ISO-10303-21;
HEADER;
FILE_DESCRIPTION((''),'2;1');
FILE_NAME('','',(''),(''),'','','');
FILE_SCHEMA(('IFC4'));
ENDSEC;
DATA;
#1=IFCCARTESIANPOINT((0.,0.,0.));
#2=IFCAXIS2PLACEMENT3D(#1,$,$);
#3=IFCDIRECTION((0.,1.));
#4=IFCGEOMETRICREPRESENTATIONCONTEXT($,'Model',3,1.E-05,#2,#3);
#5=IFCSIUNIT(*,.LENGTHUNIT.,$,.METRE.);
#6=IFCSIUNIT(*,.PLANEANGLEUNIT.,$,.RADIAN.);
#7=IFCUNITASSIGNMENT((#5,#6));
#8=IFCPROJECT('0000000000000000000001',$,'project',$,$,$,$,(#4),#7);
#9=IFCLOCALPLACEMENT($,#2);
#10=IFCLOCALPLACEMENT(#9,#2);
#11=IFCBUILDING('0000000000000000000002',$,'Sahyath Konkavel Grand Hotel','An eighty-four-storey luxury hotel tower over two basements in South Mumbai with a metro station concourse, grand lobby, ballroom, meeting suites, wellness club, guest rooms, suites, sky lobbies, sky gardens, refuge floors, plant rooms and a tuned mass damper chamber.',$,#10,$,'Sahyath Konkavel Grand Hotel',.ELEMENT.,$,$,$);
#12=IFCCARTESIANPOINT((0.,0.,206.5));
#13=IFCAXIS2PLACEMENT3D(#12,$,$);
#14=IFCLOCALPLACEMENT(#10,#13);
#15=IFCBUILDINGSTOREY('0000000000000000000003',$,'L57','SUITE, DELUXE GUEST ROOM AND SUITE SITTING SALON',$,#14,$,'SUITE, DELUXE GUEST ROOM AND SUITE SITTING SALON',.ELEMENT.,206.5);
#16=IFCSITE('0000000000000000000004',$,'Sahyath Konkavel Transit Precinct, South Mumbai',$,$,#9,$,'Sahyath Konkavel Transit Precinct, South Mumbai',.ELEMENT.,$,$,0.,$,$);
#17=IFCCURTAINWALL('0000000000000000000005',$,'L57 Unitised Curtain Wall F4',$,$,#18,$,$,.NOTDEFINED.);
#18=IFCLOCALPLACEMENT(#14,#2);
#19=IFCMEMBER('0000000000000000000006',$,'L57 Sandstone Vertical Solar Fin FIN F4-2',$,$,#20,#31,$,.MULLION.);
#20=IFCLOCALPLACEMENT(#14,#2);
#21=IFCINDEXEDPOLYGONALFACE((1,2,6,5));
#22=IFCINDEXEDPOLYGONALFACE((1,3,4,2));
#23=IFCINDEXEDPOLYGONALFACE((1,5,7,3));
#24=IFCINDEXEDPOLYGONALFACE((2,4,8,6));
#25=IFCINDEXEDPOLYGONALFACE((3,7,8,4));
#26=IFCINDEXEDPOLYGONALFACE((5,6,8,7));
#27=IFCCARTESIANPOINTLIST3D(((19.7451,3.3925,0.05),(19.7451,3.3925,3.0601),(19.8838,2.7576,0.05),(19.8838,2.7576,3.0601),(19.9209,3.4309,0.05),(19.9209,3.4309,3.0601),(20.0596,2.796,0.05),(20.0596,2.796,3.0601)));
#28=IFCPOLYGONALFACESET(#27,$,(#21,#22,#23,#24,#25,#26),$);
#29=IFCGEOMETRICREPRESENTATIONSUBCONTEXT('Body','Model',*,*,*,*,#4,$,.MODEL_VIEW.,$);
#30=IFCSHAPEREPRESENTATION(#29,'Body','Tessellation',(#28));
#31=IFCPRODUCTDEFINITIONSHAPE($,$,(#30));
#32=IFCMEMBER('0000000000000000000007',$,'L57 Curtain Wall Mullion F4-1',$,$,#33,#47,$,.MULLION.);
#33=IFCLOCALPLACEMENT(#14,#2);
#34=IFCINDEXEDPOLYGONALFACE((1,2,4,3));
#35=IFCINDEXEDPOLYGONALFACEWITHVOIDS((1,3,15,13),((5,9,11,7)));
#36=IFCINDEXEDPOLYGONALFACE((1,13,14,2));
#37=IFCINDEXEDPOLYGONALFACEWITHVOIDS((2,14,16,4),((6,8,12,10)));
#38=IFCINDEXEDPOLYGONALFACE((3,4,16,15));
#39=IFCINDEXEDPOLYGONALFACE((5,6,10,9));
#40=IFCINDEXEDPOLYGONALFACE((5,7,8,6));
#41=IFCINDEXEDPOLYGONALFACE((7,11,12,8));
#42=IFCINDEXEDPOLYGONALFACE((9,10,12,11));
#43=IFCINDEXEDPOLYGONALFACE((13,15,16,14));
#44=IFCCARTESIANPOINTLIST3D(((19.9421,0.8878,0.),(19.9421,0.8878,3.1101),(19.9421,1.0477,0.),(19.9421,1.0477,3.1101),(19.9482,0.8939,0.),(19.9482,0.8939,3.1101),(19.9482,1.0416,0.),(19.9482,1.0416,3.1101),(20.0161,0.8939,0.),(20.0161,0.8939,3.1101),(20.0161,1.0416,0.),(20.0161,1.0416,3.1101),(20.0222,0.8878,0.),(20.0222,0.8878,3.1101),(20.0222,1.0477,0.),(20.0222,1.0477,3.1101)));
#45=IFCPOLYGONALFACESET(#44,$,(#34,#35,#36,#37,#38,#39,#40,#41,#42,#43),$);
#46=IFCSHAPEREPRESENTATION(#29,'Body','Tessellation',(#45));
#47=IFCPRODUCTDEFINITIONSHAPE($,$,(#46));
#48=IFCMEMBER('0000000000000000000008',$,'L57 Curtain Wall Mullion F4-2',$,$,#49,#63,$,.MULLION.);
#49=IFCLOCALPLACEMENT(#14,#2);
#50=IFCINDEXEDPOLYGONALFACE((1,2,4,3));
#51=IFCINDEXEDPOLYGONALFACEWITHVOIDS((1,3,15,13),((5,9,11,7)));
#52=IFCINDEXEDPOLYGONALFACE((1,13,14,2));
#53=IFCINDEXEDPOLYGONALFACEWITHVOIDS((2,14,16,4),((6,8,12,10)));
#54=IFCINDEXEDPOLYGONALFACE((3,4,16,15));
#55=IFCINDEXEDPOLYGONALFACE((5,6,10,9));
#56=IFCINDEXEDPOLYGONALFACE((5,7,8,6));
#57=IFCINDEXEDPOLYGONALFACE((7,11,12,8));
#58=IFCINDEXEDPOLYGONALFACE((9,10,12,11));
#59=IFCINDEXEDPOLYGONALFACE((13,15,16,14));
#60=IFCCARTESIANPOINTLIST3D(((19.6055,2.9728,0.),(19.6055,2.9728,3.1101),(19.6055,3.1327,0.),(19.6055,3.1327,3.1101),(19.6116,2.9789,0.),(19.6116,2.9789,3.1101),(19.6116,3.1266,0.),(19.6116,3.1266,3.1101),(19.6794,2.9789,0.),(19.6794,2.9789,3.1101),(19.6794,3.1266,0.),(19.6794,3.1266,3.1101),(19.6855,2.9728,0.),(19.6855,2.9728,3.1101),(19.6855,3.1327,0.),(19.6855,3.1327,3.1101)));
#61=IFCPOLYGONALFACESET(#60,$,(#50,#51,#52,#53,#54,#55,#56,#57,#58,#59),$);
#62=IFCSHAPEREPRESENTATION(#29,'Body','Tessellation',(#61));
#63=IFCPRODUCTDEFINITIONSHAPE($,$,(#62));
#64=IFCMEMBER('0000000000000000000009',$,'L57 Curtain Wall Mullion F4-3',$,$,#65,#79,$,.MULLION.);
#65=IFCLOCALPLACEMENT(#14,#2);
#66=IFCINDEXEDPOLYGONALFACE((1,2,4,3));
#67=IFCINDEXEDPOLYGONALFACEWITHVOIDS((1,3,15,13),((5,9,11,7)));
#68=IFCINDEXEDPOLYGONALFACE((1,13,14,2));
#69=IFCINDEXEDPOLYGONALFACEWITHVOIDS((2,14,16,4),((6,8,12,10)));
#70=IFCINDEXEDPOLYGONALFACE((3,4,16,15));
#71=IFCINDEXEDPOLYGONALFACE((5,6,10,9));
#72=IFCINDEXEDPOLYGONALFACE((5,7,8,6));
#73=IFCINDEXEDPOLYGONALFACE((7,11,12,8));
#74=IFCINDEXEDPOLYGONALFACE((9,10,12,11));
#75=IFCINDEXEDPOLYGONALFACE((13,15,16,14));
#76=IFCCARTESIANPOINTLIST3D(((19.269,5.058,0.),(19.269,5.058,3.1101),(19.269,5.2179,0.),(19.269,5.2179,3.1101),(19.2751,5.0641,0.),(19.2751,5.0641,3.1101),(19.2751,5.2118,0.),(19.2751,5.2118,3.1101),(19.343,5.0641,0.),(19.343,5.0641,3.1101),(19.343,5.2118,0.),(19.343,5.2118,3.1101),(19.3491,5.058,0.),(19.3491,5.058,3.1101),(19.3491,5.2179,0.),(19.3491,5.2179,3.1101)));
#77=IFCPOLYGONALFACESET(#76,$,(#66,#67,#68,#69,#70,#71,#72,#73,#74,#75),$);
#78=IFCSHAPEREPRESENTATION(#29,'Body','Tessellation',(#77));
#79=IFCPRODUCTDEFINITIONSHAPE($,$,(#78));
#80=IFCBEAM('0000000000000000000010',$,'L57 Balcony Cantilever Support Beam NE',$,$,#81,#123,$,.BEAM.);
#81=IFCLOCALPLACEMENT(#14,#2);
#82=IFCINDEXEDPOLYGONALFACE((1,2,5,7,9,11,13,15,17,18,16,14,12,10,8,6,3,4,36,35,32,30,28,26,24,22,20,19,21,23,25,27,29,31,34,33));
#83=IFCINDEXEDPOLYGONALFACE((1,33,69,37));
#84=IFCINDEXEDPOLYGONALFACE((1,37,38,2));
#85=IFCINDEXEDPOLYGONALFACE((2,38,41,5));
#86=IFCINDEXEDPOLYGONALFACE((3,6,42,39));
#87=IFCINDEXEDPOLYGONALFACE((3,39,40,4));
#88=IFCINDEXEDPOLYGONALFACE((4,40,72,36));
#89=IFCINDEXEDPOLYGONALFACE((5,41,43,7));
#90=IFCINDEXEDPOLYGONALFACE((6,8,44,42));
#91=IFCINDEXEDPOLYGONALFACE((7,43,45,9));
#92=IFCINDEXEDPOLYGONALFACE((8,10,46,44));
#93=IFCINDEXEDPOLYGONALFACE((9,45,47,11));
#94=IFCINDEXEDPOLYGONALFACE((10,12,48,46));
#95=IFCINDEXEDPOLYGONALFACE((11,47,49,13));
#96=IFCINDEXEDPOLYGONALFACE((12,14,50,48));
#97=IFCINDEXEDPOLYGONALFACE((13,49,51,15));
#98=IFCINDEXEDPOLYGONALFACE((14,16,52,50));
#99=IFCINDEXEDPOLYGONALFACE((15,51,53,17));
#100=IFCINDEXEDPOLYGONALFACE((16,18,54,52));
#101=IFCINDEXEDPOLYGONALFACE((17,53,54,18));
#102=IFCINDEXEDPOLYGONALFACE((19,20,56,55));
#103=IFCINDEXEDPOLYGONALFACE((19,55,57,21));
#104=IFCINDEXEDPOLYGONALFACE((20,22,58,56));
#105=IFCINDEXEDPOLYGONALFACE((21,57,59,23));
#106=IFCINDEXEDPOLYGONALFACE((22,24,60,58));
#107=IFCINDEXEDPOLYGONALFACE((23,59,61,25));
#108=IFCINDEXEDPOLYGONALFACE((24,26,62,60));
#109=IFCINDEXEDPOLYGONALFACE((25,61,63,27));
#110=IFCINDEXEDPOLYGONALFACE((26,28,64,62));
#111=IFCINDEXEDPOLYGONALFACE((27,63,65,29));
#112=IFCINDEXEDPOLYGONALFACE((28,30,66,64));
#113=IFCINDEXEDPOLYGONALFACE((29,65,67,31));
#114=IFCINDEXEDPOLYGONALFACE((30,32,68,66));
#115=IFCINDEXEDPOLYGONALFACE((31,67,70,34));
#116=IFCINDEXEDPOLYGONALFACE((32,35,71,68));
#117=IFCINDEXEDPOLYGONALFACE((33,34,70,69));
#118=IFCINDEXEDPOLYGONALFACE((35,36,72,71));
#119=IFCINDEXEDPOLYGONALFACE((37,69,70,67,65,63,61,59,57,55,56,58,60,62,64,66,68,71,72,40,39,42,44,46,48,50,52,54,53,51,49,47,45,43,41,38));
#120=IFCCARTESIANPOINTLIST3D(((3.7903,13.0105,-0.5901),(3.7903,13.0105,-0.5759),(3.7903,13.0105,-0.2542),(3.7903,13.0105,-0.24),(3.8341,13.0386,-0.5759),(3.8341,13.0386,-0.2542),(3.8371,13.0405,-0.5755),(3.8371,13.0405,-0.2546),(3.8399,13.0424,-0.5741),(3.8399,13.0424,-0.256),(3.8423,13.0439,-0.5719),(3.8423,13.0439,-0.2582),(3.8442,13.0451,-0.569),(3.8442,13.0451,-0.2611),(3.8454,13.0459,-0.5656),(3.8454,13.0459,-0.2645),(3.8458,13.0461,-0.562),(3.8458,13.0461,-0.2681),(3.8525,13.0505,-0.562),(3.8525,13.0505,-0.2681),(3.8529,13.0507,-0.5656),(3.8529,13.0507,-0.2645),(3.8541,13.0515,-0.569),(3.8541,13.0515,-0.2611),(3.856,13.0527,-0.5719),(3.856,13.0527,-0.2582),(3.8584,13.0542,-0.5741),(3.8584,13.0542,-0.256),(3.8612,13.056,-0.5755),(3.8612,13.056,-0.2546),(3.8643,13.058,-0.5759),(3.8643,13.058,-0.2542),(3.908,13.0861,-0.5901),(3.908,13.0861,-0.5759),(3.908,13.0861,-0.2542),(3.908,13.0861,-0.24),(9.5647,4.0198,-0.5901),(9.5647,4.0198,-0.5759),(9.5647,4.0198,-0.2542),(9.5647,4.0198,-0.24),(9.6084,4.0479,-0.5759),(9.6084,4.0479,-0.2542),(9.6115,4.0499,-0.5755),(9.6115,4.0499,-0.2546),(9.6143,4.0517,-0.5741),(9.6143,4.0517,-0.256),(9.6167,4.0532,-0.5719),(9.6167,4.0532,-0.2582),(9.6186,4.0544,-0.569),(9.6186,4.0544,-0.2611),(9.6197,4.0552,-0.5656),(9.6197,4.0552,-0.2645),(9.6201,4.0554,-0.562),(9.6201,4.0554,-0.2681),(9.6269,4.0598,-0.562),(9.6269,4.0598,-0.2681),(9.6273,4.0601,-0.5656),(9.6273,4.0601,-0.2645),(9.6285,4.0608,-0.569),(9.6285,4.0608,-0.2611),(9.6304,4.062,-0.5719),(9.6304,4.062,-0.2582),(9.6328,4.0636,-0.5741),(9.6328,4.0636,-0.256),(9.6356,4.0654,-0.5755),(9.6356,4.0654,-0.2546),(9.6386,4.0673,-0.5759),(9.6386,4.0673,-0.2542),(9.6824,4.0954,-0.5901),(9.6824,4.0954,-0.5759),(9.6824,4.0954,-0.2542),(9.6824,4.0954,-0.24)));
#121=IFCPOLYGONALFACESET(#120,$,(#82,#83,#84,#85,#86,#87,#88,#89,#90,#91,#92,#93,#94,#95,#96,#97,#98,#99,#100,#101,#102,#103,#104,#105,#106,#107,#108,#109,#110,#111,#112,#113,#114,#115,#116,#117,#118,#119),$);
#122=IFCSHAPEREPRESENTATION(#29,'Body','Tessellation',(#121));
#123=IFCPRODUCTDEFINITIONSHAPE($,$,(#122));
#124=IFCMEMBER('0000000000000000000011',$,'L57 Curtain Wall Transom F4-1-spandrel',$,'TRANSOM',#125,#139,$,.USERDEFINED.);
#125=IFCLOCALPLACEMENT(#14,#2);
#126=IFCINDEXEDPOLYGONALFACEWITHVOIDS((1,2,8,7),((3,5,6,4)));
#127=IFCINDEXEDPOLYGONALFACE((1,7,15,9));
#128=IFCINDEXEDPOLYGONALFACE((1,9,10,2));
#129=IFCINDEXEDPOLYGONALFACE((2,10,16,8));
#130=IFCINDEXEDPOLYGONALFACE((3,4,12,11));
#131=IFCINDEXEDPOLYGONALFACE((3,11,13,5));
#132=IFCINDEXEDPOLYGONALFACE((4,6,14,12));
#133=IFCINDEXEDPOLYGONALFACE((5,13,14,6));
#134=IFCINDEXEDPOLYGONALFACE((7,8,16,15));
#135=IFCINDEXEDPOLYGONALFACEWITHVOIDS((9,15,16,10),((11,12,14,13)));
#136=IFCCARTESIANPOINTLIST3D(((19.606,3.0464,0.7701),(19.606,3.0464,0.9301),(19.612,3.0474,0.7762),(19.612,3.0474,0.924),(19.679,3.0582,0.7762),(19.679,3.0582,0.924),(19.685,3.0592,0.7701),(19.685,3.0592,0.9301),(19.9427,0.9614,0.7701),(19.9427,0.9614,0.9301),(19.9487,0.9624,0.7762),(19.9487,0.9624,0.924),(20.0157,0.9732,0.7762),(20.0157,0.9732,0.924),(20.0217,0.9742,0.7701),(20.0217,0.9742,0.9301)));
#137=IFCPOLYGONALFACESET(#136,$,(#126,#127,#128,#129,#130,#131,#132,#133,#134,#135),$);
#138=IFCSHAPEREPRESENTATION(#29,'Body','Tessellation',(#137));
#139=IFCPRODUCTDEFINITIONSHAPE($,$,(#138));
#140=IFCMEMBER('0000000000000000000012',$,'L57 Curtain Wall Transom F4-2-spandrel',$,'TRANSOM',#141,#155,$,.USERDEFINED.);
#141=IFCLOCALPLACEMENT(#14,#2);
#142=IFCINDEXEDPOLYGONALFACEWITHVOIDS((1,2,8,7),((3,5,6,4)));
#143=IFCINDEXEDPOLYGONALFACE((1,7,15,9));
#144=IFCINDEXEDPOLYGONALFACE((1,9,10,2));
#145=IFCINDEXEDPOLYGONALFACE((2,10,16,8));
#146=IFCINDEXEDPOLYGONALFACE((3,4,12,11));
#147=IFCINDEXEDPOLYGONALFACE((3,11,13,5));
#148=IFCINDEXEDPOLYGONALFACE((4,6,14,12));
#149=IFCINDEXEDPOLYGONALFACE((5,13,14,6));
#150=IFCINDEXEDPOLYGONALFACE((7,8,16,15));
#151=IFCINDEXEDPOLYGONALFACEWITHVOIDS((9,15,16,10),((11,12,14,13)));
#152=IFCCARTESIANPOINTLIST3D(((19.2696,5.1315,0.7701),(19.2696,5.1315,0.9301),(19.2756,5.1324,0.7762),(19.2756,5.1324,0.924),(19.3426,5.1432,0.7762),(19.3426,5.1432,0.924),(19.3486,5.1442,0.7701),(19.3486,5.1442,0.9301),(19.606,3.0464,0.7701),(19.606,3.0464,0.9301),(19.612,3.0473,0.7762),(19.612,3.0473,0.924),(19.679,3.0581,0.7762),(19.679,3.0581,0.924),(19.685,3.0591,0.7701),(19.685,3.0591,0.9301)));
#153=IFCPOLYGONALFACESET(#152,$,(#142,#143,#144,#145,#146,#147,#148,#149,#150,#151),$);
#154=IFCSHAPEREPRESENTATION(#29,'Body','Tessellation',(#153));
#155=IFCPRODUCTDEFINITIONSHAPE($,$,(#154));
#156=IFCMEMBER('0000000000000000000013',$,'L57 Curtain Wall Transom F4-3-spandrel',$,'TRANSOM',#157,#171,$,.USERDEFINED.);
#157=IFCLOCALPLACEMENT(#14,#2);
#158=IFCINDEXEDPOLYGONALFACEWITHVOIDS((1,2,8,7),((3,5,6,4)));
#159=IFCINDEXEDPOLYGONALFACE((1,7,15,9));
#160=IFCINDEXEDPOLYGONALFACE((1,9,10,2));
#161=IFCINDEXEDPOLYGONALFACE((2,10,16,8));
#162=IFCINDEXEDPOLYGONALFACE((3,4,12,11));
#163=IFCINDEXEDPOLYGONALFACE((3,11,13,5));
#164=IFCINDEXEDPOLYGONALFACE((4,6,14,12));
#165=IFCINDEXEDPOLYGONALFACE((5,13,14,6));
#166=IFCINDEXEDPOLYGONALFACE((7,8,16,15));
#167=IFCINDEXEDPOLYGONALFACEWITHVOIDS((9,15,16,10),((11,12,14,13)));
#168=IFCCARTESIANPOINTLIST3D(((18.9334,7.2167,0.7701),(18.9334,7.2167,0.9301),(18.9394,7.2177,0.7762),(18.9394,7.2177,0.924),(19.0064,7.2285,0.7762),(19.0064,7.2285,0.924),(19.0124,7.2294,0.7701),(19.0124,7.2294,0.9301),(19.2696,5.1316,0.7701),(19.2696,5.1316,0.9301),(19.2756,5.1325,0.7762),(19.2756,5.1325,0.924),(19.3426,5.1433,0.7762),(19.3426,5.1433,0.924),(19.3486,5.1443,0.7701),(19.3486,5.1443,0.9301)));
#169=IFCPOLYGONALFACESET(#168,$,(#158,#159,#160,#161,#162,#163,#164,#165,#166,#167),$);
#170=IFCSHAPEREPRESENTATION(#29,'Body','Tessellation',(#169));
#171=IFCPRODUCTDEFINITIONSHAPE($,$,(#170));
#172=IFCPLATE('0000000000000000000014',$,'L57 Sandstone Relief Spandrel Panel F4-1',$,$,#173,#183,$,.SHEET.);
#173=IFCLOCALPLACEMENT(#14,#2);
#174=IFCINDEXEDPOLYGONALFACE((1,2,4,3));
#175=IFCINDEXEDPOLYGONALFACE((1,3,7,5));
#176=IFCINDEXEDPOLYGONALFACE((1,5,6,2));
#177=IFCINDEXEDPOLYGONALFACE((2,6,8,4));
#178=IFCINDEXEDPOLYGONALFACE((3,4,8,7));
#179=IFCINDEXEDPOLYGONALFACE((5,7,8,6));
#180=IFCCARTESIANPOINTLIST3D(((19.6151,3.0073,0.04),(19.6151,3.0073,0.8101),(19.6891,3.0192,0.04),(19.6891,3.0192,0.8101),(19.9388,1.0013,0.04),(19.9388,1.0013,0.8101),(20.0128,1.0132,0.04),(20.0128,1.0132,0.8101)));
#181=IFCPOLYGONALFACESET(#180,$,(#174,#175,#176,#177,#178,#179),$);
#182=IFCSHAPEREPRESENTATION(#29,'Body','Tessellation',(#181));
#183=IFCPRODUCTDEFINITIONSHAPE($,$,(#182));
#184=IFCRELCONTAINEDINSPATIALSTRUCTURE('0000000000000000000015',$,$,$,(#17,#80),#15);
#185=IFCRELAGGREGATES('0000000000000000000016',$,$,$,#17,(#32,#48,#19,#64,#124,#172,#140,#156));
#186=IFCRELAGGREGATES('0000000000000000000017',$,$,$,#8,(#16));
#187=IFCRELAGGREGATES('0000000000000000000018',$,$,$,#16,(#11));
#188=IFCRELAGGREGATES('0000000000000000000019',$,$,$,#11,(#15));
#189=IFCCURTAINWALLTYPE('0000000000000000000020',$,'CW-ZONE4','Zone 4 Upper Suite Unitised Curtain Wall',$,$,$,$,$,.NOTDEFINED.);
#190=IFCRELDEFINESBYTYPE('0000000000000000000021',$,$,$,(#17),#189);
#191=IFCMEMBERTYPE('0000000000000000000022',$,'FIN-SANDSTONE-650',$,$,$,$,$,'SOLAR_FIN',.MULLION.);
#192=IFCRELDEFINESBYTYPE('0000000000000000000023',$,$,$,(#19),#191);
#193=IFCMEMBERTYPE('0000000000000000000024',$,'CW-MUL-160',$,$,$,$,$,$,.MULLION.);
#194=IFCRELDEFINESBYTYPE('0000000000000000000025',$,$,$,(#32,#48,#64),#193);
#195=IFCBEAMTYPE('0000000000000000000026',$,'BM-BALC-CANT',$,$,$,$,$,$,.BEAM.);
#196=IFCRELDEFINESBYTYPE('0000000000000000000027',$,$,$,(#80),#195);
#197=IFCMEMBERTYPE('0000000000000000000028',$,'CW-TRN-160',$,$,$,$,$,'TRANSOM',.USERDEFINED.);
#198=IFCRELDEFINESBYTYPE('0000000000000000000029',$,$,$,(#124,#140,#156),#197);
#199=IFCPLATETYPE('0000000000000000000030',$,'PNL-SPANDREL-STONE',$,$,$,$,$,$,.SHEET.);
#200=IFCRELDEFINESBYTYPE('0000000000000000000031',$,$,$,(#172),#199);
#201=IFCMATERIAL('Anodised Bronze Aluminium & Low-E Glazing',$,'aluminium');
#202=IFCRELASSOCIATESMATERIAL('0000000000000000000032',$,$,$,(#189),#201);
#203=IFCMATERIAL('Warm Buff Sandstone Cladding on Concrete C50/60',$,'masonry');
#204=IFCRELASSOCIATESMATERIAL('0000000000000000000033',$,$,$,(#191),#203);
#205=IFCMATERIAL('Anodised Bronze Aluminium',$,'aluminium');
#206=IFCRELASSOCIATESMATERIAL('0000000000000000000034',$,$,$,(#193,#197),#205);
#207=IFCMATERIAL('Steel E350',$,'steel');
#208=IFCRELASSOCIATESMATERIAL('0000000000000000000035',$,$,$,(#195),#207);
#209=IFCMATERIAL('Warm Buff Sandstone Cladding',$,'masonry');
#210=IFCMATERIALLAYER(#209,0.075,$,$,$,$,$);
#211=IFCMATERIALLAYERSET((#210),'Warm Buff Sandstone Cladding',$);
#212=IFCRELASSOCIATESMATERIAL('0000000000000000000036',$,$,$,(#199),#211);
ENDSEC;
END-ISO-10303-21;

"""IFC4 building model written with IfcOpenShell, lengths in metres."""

from ifc_helpers import new_model, si_unit, direction, frame, origin, origin_2d, place, context, subcontext, project, spatial, rectangle, hollow_rectangle, i_section, extrude, source, transform, mapped, material, layer, layer_set, material_profile, profile_set, type_object, element, aggregate, save


model = new_model("IFC4")

# Units and contexts
model_context = context("Model", 3, precision=1e-05, world=origin(), true_north=direction((0.0, 1.0)))
body_context = subcontext(model_context, "Body", "Model", "MODEL_VIEW")
ifc_project = project(units=[si_unit("LENGTHUNIT", "METRE"), si_unit("PLANEANGLEUNIT", "RADIAN")], contexts=[model_context])

# Site, building, storey
site_placement = place(None, origin())
site = spatial("IfcSite", under=ifc_project, at=site_placement, Name="Sahyath Konkavel Transit Precinct, South Mumbai", LongName="Sahyath Konkavel Transit Precinct, South Mumbai", CompositionType="ELEMENT", RefElevation=0.0)
building_placement = place(site_placement, origin())
building = spatial("IfcBuilding", under=site, at=building_placement, Name="Sahyath Konkavel Grand Hotel", Description="An eighty-four-storey luxury hotel tower over two basements in South Mumbai with a metro station concourse, grand lobby, ballroom, meeting suites, wellness club, guest rooms, suites, sky lobbies, sky gardens, refuge floors, plant rooms and a tuned mass damper chamber.", LongName="Sahyath Konkavel Grand Hotel", CompositionType="ELEMENT")
storey_placement = place(building_placement, frame((0.0, 0.0, 206.5)))
storey = spatial("IfcBuildingStorey", under=building, at=storey_placement, Name="L57", Description="SUITE, DELUXE GUEST ROOM AND SUITE SITTING SALON", LongName="SUITE, DELUXE GUEST ROOM AND SUITE SITTING SALON", CompositionType="ELEMENT", Elevation=206.5)

# Curtain wall, members
ifc_material_1 = material(Name="Anodised Bronze Aluminium & Low-E Glazing", Category="aluminium")
curtain_wall_type = type_object("IfcCurtainWallType", Name="CW-ZONE4", Description="Zone 4 Upper Suite Unitised Curtain Wall", PredefinedType="NOTDEFINED", material=ifc_material_1)
curtain_wall_placement = place(storey_placement, origin())
curtain_wall = element("IfcCurtainWall", 1, at=curtain_wall_placement, inside=storey, type_object=curtain_wall_type, Name="L57 Unitised Curtain Wall F4", PredefinedType="NOTDEFINED")
ifc_material_2 = material(Name="Warm Buff Sandstone Cladding on Concrete C50/60", Category="masonry")
ifc_material_profile_1 = material_profile(ifc_material_2, rectangle(XDim=0.1799, YDim=0.6499, at=origin_2d()), Name="FIN 180x650")
ifc_profile_set_1 = profile_set([ifc_material_profile_1], Name="Warm Buff Sandstone Cladding on Concrete C50/60")
member_type_1 = type_object("IfcMemberType", Name="FIN-SANDSTONE-650", ElementType="SOLAR_FIN", PredefinedType="MULLION", material=ifc_profile_set_1)
shared_shape_1 = source(origin(), body_context, "Body", "SweptSolid", [
    extrude(rectangle(XDim=0.1799, YDim=0.6499, at=origin_2d()), origin(), (0.0, 0.0, 1.0), 3.01),
])
member_1_placement = place(storey_placement, frame((19.9023, 3.0942, 0.05), z_axis=(0.0, 0.0, 1.0), x_axis=(0.976971, 0.213371, 0.0)))
member_1 = element("IfcMember", 2, at=member_1_placement, type_object=member_type_1, Name="L57 Sandstone Vertical Solar Fin FIN F4-2", PredefinedType="MULLION", context=body_context, shape_type="MappedRepresentation", body=[
    mapped(shared_shape_1, transform((0.0, 0.0, 0.0), scale=1.0)),
])
ifc_material_3 = material(Name="Anodised Bronze Aluminium", Category="aluminium")
ifc_material_profile_2 = material_profile(ifc_material_3, hollow_rectangle(XDim=0.0801, YDim=0.1599, WallThickness=0.0061, at=origin_2d()), Name="RHS 160x80x6")
ifc_profile_set_2 = profile_set([ifc_material_profile_2], Name="Anodised Bronze Aluminium")
member_type_2 = type_object("IfcMemberType", Name="CW-MUL-160", PredefinedType="MULLION", material=ifc_profile_set_2)
shared_shape_2 = source(origin(), body_context, "Body", "SweptSolid", [
    extrude(hollow_rectangle(XDim=0.0801, YDim=0.1599, WallThickness=0.0061, at=origin_2d()), origin(), (0.0, 0.0, 1.0), 3.1101),
])
member_2_placement = place(storey_placement, frame((19.9822, 0.9678, 0.0), z_axis=(0.0, 0.0, 1.0), x_axis=(1.0, 0.0, 0.0)))
member_2 = element("IfcMember", 3, at=member_2_placement, type_object=member_type_2, Name="L57 Curtain Wall Mullion F4-1", PredefinedType="MULLION", context=body_context, shape_type="MappedRepresentation", body=[
    mapped(shared_shape_2, transform((0.0, 0.0, 0.0), scale=1.0)),
])
member_3_placement = place(storey_placement, frame((19.6455, 3.0527, 0.0), z_axis=(0.0, 0.0, 1.0), x_axis=(1.0, 0.0, 0.0)))
member_3 = element("IfcMember", 4, at=member_3_placement, type_object=member_type_2, Name="L57 Curtain Wall Mullion F4-2", PredefinedType="MULLION", context=body_context, shape_type="MappedRepresentation", body=[
    mapped(shared_shape_2, transform((0.0, 0.0, 0.0), scale=1.0)),
])
member_4_placement = place(storey_placement, frame((19.3091, 5.1379, 0.0), z_axis=(0.0, 0.0, 1.0), x_axis=(1.0, 0.0, 0.0)))
member_4 = element("IfcMember", 5, at=member_4_placement, type_object=member_type_2, Name="L57 Curtain Wall Mullion F4-3", PredefinedType="MULLION", context=body_context, shape_type="MappedRepresentation", body=[
    mapped(shared_shape_2, transform((0.0, 0.0, 0.0), scale=1.0)),
])

# Beam
ifc_material_4 = material(Name="Steel E350", Category="steel")
ifc_material_profile_3 = material_profile(ifc_material_4, i_section(OverallWidth=0.1399, OverallDepth=0.3501, WebThickness=0.0081, FlangeThickness=0.0142, FilletRadius=0.0139, at=origin_2d()), Name="ISMB 350")
ifc_profile_set_3 = profile_set([ifc_material_profile_3], Name="Steel E350")
beam_type = type_object("IfcBeamType", Name="BM-BALC-CANT", PredefinedType="BEAM", material=ifc_profile_set_3)
shared_shape_3 = source(origin(), body_context, "Body", "SweptSolid", [
    extrude(i_section(OverallWidth=0.1399, OverallDepth=0.3501, WebThickness=0.0081, FlangeThickness=0.0142, FilletRadius=0.0139, at=origin_2d()), origin(), (0.0, 0.0, 1.0), 10.6853),
])
beam_placement = place(storey_placement, frame((9.6235, 4.0576, -0.415), z_axis=(-0.540404, 0.841406, 0.0), x_axis=(-0.841406, -0.540404, 0.0)))
element("IfcBeam", 6, at=beam_placement, inside=storey, type_object=beam_type, Name="L57 Balcony Cantilever Support Beam NE", PredefinedType="BEAM", context=body_context, shape_type="MappedRepresentation", body=[
    mapped(shared_shape_3, transform((0.0, 0.0, 0.0), scale=1.0)),
])

# Members
ifc_material_profile_4 = material_profile(ifc_material_3, hollow_rectangle(XDim=0.0801, YDim=0.1599, WallThickness=0.0061, at=origin_2d()), Name="RHS 160x80x6")
ifc_profile_set_4 = profile_set([ifc_material_profile_4], Name="Anodised Bronze Aluminium")
member_type_3 = type_object("IfcMemberType", Name="CW-TRN-160", ElementType="TRANSOM", PredefinedType="USERDEFINED", material=ifc_profile_set_4)
shared_shape_4 = source(origin(), body_context, "Body", "SweptSolid", [
    extrude(hollow_rectangle(XDim=0.0801, YDim=0.1599, WallThickness=0.0061, at=origin_2d()), origin(), (0.0, 0.0, 1.0), 2.1121),
])
member_5_placement = place(storey_placement, frame((19.9822, 0.9678, 0.8501), z_axis=(-0.159411, 0.987212, 0.0), x_axis=(-0.987212, -0.159411, 0.0)))
member_5 = element("IfcMember", 7, at=member_5_placement, type_object=member_type_3, Name="L57 Curtain Wall Transom F4-1-spandrel", ObjectType="TRANSOM", PredefinedType="USERDEFINED", context=body_context, shape_type="MappedRepresentation", body=[
    mapped(shared_shape_4, transform((0.0, 0.0, 0.0), scale=1.0)),
])
member_6_placement = place(storey_placement, frame((19.6455, 3.0527, 0.8501), z_axis=(-0.15928, 0.987233, 0.0), x_axis=(-0.987233, -0.15928, 0.0)))
member_6 = element("IfcMember", 8, at=member_6_placement, type_object=member_type_3, Name="L57 Curtain Wall Transom F4-2-spandrel", ObjectType="TRANSOM", PredefinedType="USERDEFINED", context=body_context, shape_type="MappedRepresentation", body=[
    mapped(shared_shape_4, transform((0.0, 0.0, 0.0), scale=1.0)),
])
member_7_placement = place(storey_placement, frame((19.3091, 5.1379, 0.8501), z_axis=(-0.159167, 0.987252, 0.0), x_axis=(-0.987252, -0.159167, 0.0)))
member_7 = element("IfcMember", 9, at=member_7_placement, type_object=member_type_3, Name="L57 Curtain Wall Transom F4-3-spandrel", ObjectType="TRANSOM", PredefinedType="USERDEFINED", context=body_context, shape_type="MappedRepresentation", body=[
    mapped(shared_shape_4, transform((0.0, 0.0, 0.0), scale=1.0)),
])

# Plate
ifc_material_5 = material(Name="Warm Buff Sandstone Cladding", Category="masonry")
ifc_layer_1 = layer(ifc_material_5, 0.075)
ifc_layer_set_1 = layer_set([ifc_layer_1], Name="Warm Buff Sandstone Cladding")
plate_type_1 = type_object("IfcPlateType", Name="PNL-SPANDREL-STONE", PredefinedType="SHEET", material=ifc_layer_set_1)
shared_shape_5 = source(origin(), body_context, "Body", "SweptSolid", [
    extrude(rectangle(XDim=2.032, YDim=0.075, at=origin_2d()), origin(), (0.0, 0.0, 1.0), 0.77),
])
plate_1_placement = place(storey_placement, frame((19.814, 2.0103, 0.04), z_axis=(0.0, 0.0, 1.0), x_axis=(-0.159295, 0.987231, 0.0)))
plate_1 = element("IfcPlate", 10, at=plate_1_placement, type_object=plate_type_1, Name="L57 Sandstone Relief Spandrel Panel F4-1", PredefinedType="SHEET", context=body_context, shape_type="MappedRepresentation", body=[
    mapped(shared_shape_5, transform((0.0, 0.0, 0.0), scale=1.0)),
])
aggregate(curtain_wall, [member_2, member_3, member_1, member_4, member_5, plate_1, member_6, member_7])

save(model, "model.ifc")
